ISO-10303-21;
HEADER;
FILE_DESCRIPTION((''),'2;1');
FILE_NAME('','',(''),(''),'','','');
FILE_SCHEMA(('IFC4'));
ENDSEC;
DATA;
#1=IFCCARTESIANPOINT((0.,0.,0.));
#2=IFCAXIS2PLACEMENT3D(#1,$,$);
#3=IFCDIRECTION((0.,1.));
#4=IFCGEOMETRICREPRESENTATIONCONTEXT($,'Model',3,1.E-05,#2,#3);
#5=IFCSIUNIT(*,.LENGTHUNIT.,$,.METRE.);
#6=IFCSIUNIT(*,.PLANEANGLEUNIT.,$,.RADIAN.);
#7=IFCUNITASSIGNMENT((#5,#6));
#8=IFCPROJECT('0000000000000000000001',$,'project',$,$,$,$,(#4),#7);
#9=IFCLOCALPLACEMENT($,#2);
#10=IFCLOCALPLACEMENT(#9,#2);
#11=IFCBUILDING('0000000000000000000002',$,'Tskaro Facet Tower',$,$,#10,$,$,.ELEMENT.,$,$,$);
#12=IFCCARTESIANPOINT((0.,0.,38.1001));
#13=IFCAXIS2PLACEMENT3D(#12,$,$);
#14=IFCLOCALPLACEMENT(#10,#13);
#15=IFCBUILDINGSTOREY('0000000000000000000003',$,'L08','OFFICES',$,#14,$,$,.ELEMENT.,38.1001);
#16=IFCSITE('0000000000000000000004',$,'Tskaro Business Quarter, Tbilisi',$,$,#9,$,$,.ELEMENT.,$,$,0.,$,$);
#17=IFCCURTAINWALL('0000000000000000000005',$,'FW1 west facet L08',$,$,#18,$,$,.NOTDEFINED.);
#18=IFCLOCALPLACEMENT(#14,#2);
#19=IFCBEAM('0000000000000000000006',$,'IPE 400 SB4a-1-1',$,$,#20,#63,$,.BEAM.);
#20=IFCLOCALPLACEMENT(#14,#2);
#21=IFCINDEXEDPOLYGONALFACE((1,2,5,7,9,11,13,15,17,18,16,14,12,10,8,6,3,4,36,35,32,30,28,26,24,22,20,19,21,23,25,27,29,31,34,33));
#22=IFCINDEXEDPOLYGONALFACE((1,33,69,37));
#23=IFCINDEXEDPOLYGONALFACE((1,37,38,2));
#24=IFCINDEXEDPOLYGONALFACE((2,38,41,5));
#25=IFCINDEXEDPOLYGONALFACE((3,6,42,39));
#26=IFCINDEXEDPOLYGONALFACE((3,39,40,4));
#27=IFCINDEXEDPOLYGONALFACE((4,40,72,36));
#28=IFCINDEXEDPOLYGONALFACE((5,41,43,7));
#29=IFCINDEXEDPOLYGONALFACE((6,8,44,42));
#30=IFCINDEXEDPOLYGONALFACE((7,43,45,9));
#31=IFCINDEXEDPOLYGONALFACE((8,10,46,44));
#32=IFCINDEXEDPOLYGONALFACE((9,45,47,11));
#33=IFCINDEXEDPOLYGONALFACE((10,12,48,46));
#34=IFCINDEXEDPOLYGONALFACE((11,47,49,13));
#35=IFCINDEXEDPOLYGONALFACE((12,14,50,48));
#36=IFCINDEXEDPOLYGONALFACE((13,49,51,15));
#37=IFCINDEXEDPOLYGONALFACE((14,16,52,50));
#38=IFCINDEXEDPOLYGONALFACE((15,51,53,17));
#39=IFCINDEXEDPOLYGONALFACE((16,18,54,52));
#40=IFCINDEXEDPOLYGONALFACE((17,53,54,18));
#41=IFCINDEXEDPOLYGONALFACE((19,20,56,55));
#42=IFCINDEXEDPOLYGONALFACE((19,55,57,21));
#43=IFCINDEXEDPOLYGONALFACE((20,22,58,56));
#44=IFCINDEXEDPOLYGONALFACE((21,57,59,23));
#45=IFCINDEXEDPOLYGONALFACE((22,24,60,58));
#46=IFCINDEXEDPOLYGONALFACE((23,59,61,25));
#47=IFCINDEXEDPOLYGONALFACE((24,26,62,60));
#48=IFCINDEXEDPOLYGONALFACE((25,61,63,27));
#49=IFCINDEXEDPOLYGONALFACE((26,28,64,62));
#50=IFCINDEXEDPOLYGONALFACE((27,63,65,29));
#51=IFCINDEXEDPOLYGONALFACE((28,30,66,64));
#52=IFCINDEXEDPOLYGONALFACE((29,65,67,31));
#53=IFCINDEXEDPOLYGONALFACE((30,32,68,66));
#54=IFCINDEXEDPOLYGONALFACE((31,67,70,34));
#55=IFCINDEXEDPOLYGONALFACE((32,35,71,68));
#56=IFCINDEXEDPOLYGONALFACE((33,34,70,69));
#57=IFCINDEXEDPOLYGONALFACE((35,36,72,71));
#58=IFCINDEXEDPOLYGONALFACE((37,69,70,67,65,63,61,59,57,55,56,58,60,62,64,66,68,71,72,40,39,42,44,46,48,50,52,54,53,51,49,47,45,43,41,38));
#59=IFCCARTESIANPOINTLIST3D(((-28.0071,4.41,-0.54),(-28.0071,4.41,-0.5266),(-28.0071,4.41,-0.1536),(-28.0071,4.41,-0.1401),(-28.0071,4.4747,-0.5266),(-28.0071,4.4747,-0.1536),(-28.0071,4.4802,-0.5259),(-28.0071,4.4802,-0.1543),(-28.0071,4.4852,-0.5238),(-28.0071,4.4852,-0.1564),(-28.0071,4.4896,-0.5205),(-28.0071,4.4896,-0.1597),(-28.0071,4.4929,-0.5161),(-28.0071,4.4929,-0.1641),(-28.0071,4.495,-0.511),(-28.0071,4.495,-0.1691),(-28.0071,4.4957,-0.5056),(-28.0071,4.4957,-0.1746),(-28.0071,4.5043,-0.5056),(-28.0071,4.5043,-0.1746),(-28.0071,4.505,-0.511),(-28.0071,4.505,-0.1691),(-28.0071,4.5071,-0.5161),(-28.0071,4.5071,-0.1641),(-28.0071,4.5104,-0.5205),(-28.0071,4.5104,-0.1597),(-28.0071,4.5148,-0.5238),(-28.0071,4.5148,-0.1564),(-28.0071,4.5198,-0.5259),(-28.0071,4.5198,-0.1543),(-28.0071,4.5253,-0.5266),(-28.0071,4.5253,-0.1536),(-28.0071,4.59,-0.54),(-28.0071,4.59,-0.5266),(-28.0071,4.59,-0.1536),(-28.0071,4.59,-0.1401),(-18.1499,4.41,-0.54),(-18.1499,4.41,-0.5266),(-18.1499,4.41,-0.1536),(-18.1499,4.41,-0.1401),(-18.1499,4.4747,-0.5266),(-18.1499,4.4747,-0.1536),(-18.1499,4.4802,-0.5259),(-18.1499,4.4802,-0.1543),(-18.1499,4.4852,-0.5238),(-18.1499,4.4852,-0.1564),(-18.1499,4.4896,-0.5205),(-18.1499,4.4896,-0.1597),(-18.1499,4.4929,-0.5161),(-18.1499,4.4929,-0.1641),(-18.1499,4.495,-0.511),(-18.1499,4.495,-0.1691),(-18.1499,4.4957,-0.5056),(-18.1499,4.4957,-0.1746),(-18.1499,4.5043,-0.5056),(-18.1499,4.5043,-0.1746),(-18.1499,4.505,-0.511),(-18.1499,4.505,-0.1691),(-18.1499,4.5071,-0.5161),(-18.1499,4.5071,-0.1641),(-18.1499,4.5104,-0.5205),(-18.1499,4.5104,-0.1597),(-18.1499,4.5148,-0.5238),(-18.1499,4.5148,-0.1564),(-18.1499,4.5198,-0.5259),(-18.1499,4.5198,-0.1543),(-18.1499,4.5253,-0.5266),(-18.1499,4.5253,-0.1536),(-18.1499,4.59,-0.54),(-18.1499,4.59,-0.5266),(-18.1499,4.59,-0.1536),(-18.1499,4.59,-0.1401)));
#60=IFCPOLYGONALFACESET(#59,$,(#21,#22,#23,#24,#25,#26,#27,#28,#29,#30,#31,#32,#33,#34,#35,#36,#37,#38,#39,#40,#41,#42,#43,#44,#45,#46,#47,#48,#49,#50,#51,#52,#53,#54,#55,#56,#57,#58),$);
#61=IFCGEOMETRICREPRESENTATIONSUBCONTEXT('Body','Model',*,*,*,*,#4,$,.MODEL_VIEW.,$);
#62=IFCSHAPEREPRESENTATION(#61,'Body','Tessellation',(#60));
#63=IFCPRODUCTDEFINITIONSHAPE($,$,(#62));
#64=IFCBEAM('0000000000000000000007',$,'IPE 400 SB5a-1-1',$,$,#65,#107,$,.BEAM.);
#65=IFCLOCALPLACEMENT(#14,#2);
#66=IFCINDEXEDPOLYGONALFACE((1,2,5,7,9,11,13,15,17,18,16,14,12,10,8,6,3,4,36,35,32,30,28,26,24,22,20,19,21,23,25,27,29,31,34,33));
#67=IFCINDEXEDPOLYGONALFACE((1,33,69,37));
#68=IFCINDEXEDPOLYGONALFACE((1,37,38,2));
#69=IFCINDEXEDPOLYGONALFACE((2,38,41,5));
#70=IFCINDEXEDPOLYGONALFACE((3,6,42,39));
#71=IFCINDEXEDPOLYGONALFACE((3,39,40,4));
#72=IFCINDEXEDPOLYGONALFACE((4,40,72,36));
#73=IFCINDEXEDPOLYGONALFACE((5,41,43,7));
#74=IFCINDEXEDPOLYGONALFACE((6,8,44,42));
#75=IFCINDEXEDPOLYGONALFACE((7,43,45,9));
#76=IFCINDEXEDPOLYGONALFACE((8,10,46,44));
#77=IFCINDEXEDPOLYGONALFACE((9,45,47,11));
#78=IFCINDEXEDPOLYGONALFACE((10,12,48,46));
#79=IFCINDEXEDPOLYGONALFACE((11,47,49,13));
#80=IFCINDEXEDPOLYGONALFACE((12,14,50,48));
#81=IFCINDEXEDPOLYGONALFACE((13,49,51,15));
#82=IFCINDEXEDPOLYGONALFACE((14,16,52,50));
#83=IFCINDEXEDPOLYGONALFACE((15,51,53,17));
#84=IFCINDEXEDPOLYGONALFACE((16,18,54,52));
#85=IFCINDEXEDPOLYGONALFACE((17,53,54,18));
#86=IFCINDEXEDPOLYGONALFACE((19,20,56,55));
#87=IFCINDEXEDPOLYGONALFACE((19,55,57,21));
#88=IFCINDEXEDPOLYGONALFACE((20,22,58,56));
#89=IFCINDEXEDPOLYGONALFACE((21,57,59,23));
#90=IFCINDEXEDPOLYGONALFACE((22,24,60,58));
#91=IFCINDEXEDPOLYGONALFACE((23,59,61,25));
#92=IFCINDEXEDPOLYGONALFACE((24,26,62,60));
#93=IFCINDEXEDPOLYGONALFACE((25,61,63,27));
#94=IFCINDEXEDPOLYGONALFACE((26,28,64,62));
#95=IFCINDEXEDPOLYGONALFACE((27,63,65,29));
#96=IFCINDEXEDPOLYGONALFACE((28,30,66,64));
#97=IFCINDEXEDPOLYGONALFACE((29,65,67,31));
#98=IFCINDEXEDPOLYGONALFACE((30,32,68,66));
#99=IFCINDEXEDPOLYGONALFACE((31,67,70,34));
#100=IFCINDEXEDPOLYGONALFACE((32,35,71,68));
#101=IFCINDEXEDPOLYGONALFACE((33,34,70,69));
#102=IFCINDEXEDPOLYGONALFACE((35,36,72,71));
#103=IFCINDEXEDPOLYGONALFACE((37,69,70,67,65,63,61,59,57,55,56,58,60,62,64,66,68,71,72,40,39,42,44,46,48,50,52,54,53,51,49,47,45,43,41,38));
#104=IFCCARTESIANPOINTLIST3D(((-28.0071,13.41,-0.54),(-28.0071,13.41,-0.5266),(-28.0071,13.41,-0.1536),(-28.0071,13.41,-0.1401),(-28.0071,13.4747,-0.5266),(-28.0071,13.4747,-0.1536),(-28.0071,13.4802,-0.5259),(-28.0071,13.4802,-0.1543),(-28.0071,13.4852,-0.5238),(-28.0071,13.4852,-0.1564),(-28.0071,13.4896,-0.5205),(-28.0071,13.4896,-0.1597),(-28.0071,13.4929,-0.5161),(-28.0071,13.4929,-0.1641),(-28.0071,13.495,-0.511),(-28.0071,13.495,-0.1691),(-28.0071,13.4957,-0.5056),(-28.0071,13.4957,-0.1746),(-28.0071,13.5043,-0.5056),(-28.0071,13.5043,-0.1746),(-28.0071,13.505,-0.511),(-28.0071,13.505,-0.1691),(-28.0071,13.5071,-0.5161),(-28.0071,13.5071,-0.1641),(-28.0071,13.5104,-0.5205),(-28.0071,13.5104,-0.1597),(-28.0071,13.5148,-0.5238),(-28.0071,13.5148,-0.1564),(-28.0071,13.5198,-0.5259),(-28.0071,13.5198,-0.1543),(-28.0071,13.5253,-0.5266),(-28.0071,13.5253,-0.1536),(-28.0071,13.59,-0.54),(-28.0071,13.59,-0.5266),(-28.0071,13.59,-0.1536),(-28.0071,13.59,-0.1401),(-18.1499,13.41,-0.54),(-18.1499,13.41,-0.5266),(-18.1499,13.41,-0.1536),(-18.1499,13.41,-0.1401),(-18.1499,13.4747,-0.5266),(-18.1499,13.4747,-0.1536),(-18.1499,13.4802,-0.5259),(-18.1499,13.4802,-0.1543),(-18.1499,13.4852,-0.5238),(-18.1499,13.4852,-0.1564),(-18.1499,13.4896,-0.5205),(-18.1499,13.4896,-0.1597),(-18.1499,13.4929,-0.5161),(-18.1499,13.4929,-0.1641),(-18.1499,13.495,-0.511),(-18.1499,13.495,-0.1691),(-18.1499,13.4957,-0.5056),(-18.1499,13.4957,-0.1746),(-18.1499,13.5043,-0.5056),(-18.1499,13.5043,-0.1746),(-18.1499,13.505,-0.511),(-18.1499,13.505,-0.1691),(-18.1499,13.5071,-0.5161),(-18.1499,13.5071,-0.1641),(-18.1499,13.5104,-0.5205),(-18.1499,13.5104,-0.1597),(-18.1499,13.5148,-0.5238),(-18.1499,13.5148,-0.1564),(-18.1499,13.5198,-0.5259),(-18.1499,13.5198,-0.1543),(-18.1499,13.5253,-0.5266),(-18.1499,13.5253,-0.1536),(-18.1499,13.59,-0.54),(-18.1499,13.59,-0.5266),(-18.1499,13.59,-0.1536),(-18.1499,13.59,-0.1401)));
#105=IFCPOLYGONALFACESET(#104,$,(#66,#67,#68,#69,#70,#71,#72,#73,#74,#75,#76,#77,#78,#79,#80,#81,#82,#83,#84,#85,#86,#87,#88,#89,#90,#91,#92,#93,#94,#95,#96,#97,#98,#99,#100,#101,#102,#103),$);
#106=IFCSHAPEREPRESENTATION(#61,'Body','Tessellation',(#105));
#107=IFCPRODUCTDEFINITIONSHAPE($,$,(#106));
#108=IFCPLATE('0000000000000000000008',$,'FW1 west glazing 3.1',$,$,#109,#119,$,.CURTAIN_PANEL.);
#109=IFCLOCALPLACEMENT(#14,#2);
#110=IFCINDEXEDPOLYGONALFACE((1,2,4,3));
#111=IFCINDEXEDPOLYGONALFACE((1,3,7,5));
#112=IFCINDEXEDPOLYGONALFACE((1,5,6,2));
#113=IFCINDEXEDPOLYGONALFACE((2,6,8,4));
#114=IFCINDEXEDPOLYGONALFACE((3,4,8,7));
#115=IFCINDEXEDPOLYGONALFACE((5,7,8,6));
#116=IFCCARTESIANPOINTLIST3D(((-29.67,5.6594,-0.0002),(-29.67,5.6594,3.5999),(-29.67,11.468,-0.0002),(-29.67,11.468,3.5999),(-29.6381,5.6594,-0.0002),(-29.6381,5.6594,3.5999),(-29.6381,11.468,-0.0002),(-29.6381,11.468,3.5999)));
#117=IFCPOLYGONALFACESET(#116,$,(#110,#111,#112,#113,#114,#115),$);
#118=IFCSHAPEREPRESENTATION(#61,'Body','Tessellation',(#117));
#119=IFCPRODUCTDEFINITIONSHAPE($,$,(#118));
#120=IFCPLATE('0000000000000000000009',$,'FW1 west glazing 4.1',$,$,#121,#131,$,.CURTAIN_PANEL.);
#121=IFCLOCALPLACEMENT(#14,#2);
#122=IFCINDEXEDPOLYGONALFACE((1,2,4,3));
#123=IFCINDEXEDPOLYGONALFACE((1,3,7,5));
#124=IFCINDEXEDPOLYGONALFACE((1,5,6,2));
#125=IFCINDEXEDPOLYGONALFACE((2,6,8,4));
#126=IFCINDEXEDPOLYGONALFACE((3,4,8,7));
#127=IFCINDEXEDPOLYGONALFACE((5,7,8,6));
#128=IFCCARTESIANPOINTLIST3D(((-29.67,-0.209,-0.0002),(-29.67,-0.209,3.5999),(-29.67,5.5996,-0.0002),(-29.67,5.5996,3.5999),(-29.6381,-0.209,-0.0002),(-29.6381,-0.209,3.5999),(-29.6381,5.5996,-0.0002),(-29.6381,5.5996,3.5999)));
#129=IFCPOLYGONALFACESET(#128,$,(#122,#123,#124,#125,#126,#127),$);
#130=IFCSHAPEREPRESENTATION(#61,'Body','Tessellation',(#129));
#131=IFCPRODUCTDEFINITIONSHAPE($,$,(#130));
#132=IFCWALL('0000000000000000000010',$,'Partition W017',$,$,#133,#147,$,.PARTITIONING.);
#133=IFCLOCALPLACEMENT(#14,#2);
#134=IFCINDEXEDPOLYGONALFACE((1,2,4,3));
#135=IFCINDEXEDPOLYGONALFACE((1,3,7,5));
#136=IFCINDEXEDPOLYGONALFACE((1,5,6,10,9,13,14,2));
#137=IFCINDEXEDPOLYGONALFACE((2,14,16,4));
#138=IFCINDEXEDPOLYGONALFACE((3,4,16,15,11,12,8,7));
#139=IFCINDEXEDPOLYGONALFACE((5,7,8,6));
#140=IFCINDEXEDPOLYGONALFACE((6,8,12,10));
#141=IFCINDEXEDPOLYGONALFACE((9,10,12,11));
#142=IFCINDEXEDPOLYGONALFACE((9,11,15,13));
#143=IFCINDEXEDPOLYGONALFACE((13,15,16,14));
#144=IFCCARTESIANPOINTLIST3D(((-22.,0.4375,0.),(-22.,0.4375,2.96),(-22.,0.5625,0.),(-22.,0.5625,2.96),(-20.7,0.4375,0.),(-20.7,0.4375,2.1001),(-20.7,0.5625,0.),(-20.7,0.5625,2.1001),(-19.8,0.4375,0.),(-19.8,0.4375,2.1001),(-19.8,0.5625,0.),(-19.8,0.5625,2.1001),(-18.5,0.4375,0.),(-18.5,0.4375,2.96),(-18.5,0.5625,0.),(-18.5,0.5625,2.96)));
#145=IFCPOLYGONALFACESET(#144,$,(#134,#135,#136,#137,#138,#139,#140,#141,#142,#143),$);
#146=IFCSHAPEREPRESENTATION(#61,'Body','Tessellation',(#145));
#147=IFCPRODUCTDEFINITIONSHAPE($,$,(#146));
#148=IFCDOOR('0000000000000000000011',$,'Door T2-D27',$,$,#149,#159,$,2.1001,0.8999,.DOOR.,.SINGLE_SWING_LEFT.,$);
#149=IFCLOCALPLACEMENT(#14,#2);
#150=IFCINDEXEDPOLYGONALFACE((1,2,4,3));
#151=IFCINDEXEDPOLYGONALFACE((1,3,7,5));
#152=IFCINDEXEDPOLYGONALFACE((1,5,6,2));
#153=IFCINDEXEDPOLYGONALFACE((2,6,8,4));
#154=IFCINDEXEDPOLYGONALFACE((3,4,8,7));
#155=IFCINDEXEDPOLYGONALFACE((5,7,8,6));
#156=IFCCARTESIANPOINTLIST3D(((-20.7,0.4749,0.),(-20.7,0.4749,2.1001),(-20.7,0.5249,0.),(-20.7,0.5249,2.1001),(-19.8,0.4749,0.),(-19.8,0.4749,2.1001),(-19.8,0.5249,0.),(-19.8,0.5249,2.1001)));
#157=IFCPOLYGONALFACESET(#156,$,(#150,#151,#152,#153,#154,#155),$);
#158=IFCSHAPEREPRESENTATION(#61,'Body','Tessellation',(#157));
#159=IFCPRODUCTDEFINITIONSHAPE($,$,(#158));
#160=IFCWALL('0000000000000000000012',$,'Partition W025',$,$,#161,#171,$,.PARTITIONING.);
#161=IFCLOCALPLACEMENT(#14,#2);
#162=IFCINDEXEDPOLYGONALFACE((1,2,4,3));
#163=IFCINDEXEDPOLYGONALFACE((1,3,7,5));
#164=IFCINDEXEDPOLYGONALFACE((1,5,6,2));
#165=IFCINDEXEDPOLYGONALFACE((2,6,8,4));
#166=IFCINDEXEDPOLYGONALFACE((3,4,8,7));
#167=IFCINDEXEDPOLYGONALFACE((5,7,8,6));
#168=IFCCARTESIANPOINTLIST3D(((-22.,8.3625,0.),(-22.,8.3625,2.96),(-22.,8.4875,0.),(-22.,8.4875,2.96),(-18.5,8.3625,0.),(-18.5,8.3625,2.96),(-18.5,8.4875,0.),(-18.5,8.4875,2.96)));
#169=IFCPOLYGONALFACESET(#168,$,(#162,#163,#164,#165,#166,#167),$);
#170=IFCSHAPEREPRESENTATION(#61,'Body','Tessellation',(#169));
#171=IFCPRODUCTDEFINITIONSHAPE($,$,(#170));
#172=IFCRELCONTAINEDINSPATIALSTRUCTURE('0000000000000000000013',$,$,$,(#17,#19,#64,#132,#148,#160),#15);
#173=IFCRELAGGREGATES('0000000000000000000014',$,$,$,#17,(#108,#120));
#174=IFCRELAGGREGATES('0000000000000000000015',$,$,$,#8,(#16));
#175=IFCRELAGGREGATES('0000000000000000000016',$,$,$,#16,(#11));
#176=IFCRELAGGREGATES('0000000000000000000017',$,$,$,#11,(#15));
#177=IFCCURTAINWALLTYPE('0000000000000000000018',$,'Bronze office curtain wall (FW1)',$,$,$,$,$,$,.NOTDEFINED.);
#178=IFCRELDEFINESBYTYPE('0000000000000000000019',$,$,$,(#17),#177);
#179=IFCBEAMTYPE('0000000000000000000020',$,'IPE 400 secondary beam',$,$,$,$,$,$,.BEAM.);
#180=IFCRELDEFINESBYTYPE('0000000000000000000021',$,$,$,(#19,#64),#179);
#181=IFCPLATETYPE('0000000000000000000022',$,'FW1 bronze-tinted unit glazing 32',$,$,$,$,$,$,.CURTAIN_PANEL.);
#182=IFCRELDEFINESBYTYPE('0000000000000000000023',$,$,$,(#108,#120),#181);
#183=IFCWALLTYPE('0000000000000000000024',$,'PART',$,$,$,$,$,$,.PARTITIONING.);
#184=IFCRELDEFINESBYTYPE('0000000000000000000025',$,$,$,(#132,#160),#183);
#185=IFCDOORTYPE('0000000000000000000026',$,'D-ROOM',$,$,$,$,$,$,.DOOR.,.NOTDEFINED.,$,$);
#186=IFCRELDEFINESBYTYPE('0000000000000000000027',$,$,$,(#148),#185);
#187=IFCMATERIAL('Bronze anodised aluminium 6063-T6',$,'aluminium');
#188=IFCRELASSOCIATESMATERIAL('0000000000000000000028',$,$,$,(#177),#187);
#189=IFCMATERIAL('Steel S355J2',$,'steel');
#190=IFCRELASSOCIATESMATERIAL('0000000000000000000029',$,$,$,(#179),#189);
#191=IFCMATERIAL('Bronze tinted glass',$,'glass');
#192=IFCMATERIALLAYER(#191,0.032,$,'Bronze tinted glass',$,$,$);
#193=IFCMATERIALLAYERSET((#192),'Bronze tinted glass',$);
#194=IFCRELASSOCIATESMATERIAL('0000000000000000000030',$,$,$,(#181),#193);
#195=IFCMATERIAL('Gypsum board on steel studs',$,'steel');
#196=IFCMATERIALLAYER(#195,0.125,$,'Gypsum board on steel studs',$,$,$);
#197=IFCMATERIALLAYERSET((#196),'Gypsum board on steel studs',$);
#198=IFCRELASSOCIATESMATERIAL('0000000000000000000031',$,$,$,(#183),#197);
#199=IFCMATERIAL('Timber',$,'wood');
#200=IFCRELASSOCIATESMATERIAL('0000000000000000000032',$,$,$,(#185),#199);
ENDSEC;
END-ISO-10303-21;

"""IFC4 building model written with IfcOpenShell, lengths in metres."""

from ifc_helpers import new_model, si_unit, direction, frame, frame_2d, origin, origin_2d, place, context, subcontext, project, spatial, rectangle, i_section, extrude, material, layer, layer_set, material_profile, profile_set, type_object, element, fill, aggregate, save


model = new_model("IFC4")

# Units and contexts
model_context = context("Model", 3, precision=1e-05, world=origin(), true_north=direction((0.0, 1.0)))
body_context = subcontext(model_context, "Body", "Model", "MODEL_VIEW")
ifc_project = project(units=[si_unit("LENGTHUNIT", "METRE"), si_unit("PLANEANGLEUNIT", "RADIAN")], contexts=[model_context])

# Site, building, storey
site_placement = place(None, origin())
site = spatial("IfcSite", under=ifc_project, at=site_placement, Name="Tskaro Business Quarter, Tbilisi", CompositionType="ELEMENT", RefElevation=0.0)
building_placement = place(site_placement, origin())
building = spatial("IfcBuilding", under=site, at=building_placement, Name="Tskaro Facet Tower", CompositionType="ELEMENT")
storey_placement = place(building_placement, frame((0.0, 0.0, 38.1001)))
storey = spatial("IfcBuildingStorey", under=building, at=storey_placement, Name="L08", Description="OFFICES", CompositionType="ELEMENT", Elevation=38.1001)

# Curtain wall
ifc_material_1 = material(Name="Bronze anodised aluminium 6063-T6", Category="aluminium")
curtain_wall_type = type_object("IfcCurtainWallType", Name="Bronze office curtain wall (FW1)", PredefinedType="NOTDEFINED", material=ifc_material_1)
curtain_wall_placement = place(storey_placement, origin())
curtain_wall = element("IfcCurtainWall", 1, at=curtain_wall_placement, inside=storey, type_object=curtain_wall_type, Name="FW1 west facet L08", PredefinedType="NOTDEFINED")

# Beams
ifc_material_2 = material(Name="Steel S355J2", Category="steel")
ifc_material_profile_1 = material_profile(ifc_material_2, i_section(OverallWidth=0.1799, OverallDepth=0.3999, WebThickness=0.0085, FlangeThickness=0.0134, FilletRadius=0.021, at=origin_2d()), Name="IPE 400")
ifc_profile_set_1 = profile_set([ifc_material_profile_1], Name="Steel S355J2")
beam_type_1 = type_object("IfcBeamType", Name="IPE 400 secondary beam", PredefinedType="BEAM", material=ifc_profile_set_1)
for number, where, z_axis, x_axis, name in (
    (2, (-28.0071, 4.5, -0.3401), (1.0, 0.0, 0.0), (0.0, 1.0, 0.0), "IPE 400 SB4a-1-1"),
    (3, (-28.0071, 13.5, -0.3401), (1.0, 0.0, 0.0), (0.0, 1.0, 0.0), "IPE 400 SB5a-1-1"),
):
    element("IfcBeam", number, at=place(storey_placement, frame(where, z_axis=z_axis, x_axis=x_axis)), inside=storey, type_object=beam_type_1, Name=name, PredefinedType="BEAM", context=body_context, shape_type="SweptSolid", body=[
        extrude(i_section(OverallWidth=0.1799, OverallDepth=0.3999, WebThickness=0.0085, FlangeThickness=0.0134, FilletRadius=0.021, at=origin_2d()), origin(), (0.0, 0.0, 1.0), 9.8572),
    ])

# Plates
ifc_material_3 = material(Name="Bronze tinted glass", Category="glass")
ifc_layer_1 = layer(ifc_material_3, 0.032, Name="Bronze tinted glass")
ifc_layer_set_1 = layer_set([ifc_layer_1], Name="Bronze tinted glass")
plate_type = type_object("IfcPlateType", Name="FW1 bronze-tinted unit glazing 32", PredefinedType="CURTAIN_PANEL", material=ifc_layer_set_1)
plate_1_placement = place(storey_placement, frame((-29.6541, 8.5637, -0.0002), z_axis=(0.0, 0.0, 1.0), x_axis=(0.0, -1.0, 0.0)))
plate_1 = element("IfcPlate", 4, at=plate_1_placement, type_object=plate_type, Name="FW1 west glazing 3.1", PredefinedType="CURTAIN_PANEL", context=body_context, shape_type="SweptSolid", body=[
    extrude(rectangle(XDim=5.8086, YDim=0.032, at=origin_2d()), origin(), (0.0, 0.0, 1.0), 3.6001),
])
plate_2_placement = place(storey_placement, frame((-29.6541, 2.6953, -0.0002), z_axis=(0.0, 0.0, 1.0), x_axis=(0.0, -1.0, 0.0)))
plate_2 = element("IfcPlate", 5, at=plate_2_placement, type_object=plate_type, Name="FW1 west glazing 4.1", PredefinedType="CURTAIN_PANEL", context=body_context, shape_type="SweptSolid", body=[
    extrude(rectangle(XDim=5.8086, YDim=0.032, at=origin_2d()), origin(), (0.0, 0.0, 1.0), 3.6001),
])
aggregate(curtain_wall, [plate_1, plate_2])

# Wall, opening, door
ifc_material_4 = material(Name="Gypsum board on steel studs", Category="steel")
ifc_layer_2 = layer(ifc_material_4, 0.125, Name="Gypsum board on steel studs")
ifc_layer_set_2 = layer_set([ifc_layer_2], Name="Gypsum board on steel studs")
wall_type = type_object("IfcWallType", Name="PART", PredefinedType="PARTITIONING", material=ifc_layer_set_2)
wall_1_placement = place(storey_placement, frame((-22.0, 0.5, 0.0), z_axis=(0.0, 0.0, 1.0), x_axis=(1.0, 0.0, 0.0)))
wall_1 = element("IfcWall", 6, at=wall_1_placement, inside=storey, type_object=wall_type, Name="Partition W017", PredefinedType="PARTITIONING", context=body_context, shape_type="SweptSolid", body=[
    extrude(rectangle(XDim=3.5, YDim=0.125, at=frame_2d((1.75, 0.0))), origin(), (0.0, 0.0, 1.0), 2.96),
])
opening_1_placement = place(wall_1_placement, frame((1.3, 0.0, 0.0)))
opening_1 = element("IfcOpeningElement", 7, at=opening_1_placement, cuts=wall_1, PredefinedType="OPENING", context=body_context, shape_type="SweptSolid", body=[
    extrude(rectangle(XDim=0.8999, YDim=2.1001, at=frame_2d((0.45, 1.05))), frame((0.0, 0.0725, 0.0), z_axis=(0.0, -1.0, 0.0), x_axis=(1.0, 0.0, 0.0)), (0.0, 0.0, 1.0), 0.145),
])
ifc_material_5 = material(Name="Timber", Category="wood")
door_type_1 = type_object("IfcDoorType", Name="D-ROOM", OperationType="NOTDEFINED", PredefinedType="DOOR", material=ifc_material_5)
door_1_placement = place(opening_1_placement, origin())
door_1 = element("IfcDoor", 8, at=door_1_placement, inside=storey, type_object=door_type_1, Name="Door T2-D27", OperationType="SINGLE_SWING_LEFT", OverallHeight=2.1001, OverallWidth=0.8999, PredefinedType="DOOR", context=body_context, shape_type="SweptSolid", body=[
    extrude(rectangle(XDim=0.8999, YDim=2.1001, at=frame_2d((0.45, 1.05))), frame((0.0, 0.0249, 0.0), z_axis=(0.0, -1.0, 0.0), x_axis=(1.0, 0.0, 0.0)), (0.0, 0.0, 1.0), 0.05),
])
fill(opening_1, door_1)

# Wall
wall_2_placement = place(storey_placement, frame((-22.0, 8.425, 0.0), z_axis=(0.0, 0.0, 1.0), x_axis=(1.0, 0.0, 0.0)))
element("IfcWall", 9, at=wall_2_placement, inside=storey, type_object=wall_type, Name="Partition W025", PredefinedType="PARTITIONING", context=body_context, shape_type="SweptSolid", body=[
    extrude(rectangle(XDim=3.5, YDim=0.125, at=frame_2d((1.75, 0.0))), origin(), (0.0, 0.0, 1.0), 2.96),
])

save(model, "model.ifc")
